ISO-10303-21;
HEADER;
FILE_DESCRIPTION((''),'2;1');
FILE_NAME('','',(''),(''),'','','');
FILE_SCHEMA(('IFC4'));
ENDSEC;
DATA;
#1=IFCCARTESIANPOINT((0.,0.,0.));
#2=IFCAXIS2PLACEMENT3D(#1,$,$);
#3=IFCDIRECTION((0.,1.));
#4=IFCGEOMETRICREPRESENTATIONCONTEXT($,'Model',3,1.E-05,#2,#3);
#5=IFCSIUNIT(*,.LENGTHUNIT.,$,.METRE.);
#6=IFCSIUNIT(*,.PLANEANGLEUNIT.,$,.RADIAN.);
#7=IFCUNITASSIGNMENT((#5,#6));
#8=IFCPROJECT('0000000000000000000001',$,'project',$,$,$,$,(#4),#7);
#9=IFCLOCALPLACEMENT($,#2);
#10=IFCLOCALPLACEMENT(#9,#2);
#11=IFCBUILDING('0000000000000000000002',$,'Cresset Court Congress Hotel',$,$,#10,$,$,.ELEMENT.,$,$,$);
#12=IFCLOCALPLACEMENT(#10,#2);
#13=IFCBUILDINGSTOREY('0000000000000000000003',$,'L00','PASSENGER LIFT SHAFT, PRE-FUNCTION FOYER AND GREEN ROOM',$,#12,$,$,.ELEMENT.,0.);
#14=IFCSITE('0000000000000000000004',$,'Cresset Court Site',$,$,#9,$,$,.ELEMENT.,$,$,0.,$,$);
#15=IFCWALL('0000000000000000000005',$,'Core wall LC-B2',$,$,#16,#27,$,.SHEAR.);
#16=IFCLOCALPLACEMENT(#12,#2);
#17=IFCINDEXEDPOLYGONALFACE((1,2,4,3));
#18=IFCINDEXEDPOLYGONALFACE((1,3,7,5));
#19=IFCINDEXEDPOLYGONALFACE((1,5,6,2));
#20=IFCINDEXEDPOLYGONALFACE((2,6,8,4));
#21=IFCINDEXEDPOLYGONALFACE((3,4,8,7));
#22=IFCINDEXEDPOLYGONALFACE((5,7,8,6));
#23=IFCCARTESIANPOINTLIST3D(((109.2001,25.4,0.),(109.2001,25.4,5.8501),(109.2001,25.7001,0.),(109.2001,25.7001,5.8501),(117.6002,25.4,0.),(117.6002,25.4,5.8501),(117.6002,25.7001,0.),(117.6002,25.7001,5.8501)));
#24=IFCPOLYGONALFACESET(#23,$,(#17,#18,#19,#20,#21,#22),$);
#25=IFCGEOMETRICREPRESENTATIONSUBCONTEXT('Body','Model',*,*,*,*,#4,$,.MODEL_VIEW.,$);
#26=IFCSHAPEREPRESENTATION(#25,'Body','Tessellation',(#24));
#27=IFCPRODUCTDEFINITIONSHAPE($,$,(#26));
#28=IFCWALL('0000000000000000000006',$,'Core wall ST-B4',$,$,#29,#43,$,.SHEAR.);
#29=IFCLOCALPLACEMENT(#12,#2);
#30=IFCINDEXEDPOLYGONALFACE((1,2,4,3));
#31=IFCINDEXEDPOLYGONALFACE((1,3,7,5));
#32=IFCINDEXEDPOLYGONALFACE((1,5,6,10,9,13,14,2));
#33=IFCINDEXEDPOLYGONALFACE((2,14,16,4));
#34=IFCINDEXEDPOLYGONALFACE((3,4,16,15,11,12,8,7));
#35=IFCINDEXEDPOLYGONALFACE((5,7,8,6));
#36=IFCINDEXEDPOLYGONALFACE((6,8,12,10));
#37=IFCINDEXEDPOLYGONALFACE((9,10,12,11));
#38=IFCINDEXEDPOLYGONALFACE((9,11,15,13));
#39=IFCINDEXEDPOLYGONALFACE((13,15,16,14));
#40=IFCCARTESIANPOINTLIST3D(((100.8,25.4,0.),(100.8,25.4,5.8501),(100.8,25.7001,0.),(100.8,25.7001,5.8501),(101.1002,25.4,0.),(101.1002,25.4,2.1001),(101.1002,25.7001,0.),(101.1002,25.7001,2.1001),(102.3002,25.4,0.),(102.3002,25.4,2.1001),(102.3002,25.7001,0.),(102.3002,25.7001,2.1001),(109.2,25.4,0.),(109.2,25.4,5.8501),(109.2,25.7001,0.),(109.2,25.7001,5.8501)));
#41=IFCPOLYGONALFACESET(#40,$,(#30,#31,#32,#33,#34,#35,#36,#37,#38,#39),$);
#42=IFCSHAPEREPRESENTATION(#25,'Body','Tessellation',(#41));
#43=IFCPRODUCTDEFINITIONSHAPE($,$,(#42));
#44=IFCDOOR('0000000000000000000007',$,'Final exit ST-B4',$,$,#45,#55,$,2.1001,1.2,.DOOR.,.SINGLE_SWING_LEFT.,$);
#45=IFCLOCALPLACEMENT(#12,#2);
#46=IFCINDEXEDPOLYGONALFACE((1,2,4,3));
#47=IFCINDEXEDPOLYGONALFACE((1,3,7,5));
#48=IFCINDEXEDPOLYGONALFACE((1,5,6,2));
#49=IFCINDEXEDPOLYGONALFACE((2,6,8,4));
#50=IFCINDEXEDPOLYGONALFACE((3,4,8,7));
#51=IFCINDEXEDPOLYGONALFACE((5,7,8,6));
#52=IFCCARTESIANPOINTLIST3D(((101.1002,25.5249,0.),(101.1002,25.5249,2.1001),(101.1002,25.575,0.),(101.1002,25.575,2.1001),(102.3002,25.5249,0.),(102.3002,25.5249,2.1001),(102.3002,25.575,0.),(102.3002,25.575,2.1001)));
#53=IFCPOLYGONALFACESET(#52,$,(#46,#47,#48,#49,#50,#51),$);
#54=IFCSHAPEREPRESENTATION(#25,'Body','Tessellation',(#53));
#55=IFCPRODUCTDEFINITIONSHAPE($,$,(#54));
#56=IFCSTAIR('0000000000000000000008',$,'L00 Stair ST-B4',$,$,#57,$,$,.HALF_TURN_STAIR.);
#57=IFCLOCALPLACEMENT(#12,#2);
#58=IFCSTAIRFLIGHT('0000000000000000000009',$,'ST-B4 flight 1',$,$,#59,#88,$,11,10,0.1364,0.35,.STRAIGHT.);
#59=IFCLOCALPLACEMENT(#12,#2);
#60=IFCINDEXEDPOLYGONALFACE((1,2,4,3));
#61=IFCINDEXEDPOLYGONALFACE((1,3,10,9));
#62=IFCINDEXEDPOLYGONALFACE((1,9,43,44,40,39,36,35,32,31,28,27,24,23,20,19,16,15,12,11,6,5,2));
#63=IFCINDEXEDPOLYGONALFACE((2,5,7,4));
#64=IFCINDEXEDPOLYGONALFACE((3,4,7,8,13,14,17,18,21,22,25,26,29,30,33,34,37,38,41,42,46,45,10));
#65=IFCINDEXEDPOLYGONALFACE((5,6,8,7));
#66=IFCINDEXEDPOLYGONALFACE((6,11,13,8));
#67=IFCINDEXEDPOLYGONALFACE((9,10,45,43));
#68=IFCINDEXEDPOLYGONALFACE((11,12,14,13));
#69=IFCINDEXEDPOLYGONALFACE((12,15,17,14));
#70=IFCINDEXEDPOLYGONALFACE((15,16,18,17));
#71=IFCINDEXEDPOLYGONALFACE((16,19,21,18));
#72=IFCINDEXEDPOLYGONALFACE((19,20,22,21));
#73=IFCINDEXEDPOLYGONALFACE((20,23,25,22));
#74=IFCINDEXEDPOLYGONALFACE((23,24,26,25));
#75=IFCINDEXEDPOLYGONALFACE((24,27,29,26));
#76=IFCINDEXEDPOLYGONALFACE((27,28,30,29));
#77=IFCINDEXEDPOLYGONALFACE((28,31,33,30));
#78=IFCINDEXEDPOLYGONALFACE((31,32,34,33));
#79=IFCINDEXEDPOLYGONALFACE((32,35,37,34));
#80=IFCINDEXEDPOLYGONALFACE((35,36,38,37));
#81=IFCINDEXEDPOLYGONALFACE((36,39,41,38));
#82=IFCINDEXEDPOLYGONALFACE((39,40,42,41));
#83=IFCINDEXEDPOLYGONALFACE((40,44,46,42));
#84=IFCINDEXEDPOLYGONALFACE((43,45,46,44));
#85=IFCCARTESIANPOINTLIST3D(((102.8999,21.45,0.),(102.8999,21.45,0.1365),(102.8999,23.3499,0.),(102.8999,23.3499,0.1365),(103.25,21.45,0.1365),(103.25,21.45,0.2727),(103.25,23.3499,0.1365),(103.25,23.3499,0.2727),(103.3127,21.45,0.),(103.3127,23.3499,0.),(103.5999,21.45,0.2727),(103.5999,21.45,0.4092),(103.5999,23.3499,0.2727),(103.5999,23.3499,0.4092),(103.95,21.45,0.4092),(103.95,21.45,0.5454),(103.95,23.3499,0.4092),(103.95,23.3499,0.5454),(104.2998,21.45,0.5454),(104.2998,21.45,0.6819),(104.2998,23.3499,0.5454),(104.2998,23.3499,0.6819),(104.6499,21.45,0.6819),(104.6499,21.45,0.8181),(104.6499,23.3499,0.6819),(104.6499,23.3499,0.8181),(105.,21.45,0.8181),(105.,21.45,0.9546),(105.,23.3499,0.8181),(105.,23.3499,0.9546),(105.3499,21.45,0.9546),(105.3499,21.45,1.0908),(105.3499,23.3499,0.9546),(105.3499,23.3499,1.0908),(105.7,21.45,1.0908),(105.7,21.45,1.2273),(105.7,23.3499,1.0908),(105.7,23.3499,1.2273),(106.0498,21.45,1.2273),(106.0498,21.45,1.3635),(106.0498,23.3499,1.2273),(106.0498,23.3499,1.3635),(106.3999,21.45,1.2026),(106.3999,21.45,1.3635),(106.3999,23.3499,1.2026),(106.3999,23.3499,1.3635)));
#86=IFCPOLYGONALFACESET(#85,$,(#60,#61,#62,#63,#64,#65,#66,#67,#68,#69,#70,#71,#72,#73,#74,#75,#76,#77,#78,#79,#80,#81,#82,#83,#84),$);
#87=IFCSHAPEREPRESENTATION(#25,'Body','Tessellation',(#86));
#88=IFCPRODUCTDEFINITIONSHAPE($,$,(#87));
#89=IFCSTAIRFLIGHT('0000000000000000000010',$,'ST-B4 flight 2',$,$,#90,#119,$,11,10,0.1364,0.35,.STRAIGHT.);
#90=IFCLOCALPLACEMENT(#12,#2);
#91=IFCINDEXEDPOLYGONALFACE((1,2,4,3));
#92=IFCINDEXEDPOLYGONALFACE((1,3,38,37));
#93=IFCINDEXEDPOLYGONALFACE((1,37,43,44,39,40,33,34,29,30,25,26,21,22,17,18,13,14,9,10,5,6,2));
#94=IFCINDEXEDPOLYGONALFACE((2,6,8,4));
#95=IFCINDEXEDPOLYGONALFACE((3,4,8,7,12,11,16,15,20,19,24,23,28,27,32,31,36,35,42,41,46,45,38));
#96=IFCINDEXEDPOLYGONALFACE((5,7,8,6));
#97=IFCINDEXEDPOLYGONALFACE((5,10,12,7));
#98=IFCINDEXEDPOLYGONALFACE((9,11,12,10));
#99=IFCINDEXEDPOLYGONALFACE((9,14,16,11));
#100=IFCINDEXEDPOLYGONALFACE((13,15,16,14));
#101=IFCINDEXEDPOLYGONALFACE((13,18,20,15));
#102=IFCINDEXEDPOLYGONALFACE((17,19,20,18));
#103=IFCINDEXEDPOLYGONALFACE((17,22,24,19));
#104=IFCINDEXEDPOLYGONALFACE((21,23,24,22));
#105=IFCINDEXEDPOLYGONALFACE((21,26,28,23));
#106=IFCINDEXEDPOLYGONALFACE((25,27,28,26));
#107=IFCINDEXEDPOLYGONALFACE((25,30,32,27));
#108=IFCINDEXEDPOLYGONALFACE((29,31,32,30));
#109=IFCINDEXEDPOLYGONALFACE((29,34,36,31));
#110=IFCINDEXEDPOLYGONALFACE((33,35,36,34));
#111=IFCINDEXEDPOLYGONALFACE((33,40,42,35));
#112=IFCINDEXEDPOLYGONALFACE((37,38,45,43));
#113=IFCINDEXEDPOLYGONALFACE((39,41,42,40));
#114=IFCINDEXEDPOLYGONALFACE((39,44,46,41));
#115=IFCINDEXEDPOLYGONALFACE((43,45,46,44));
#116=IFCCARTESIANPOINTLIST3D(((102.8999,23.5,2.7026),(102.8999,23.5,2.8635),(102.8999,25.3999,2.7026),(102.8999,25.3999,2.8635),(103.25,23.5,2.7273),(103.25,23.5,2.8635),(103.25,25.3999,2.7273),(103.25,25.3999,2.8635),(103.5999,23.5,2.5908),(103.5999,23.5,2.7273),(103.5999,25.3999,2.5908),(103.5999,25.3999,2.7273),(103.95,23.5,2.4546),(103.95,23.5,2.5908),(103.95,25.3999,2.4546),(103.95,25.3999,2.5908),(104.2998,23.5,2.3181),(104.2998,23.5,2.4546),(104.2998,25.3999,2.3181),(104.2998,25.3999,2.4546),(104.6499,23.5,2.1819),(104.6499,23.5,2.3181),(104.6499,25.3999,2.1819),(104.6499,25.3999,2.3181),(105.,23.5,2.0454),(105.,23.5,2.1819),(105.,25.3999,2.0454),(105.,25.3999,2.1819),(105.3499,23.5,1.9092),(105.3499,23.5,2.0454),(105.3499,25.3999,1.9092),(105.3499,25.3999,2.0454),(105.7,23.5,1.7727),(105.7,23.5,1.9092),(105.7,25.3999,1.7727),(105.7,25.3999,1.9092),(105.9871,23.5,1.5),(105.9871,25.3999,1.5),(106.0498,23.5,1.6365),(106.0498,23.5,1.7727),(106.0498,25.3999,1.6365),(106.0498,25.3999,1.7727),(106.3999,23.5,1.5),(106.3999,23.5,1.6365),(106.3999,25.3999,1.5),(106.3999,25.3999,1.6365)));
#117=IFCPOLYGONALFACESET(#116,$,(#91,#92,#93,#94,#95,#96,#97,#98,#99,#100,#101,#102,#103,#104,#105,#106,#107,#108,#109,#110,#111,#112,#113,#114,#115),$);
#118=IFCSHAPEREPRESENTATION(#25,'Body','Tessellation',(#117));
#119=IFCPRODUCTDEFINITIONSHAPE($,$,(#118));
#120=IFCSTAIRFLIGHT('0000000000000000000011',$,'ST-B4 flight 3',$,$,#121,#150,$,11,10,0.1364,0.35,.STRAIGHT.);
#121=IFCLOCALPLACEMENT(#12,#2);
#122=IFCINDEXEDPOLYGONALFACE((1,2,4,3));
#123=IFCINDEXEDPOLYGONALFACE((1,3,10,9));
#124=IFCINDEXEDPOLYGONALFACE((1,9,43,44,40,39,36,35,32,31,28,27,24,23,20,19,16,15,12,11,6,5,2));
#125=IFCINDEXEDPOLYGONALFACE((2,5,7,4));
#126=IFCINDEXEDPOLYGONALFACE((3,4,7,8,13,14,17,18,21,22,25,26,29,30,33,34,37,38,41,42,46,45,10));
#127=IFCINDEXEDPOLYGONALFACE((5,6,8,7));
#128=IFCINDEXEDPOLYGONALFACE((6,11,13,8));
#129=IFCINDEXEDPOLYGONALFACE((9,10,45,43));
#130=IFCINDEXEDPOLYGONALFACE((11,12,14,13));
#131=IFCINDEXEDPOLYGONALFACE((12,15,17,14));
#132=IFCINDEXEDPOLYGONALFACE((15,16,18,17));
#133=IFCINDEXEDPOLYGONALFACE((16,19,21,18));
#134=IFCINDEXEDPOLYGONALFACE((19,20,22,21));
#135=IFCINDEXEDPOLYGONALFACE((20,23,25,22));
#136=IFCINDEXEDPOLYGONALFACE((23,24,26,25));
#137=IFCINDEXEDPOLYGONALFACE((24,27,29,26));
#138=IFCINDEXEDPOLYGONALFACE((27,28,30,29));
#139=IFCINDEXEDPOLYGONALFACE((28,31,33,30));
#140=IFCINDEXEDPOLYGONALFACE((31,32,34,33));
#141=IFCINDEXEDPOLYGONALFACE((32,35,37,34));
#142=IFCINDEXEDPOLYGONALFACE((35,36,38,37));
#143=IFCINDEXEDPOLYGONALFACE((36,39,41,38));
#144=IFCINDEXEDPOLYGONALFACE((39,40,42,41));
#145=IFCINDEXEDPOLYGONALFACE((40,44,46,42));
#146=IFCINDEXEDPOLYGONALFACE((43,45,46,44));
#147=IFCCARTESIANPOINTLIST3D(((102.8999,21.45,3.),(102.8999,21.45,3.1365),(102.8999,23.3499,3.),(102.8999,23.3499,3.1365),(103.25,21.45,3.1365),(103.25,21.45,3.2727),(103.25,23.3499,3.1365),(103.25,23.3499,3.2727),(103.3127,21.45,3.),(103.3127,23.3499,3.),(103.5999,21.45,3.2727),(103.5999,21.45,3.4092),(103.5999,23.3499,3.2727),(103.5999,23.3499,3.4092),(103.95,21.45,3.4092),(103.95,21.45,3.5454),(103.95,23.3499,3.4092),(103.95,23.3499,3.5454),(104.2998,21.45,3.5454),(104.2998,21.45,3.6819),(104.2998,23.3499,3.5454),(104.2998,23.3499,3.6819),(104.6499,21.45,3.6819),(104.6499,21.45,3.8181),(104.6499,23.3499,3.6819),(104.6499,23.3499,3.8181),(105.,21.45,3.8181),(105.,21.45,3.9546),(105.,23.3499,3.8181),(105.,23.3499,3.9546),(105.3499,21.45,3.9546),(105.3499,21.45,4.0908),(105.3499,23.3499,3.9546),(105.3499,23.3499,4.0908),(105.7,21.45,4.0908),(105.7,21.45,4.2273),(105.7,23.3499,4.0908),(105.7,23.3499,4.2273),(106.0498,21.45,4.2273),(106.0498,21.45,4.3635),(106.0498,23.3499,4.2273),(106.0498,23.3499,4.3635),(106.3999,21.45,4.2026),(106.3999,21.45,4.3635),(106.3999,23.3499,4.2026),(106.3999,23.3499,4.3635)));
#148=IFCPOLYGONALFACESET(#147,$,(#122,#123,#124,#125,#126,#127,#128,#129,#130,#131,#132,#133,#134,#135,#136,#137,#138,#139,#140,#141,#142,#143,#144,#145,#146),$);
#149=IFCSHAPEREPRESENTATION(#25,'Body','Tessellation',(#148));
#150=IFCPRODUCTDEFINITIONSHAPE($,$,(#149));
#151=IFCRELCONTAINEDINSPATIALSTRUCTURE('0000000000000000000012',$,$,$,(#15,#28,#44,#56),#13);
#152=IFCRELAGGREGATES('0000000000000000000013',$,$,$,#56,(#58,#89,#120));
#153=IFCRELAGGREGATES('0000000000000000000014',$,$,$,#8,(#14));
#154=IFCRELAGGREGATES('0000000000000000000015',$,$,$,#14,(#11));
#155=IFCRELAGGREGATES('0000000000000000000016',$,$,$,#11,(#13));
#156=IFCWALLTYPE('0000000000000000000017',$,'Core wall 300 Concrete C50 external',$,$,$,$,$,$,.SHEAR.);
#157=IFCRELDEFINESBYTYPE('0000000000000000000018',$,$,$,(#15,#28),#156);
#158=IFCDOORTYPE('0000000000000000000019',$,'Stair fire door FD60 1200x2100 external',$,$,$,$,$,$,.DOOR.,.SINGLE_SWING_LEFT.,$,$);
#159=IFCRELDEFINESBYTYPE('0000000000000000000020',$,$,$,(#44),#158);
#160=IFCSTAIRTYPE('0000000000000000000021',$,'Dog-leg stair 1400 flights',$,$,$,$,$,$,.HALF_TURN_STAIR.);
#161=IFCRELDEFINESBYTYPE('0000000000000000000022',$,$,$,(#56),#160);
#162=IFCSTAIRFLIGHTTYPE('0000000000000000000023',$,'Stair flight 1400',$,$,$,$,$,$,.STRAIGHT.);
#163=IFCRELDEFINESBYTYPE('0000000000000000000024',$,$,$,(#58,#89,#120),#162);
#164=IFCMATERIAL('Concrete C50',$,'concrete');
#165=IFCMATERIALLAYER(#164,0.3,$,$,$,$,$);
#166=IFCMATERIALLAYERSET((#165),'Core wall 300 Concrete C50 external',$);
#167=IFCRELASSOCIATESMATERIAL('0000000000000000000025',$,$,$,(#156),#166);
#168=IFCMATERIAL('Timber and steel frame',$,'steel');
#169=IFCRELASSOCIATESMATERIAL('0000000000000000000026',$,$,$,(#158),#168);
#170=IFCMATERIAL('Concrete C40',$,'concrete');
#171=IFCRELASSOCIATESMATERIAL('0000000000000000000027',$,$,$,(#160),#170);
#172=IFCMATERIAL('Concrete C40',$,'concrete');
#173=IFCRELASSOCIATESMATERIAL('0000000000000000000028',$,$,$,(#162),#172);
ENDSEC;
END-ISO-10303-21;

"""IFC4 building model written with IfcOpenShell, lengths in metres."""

from ifc_helpers import new_model, si_unit, direction, frame, frame_2d, origin, place, context, subcontext, project, spatial, polyline, rectangle, outline, extrude, material, layer, layer_set, type_object, element, fill, aggregate, save


model = new_model("IFC4")

# Units and contexts
model_context = context("Model", 3, precision=1e-05, world=origin(), true_north=direction((0.0, 1.0)))
body_context = subcontext(model_context, "Body", "Model", "MODEL_VIEW")
ifc_project = project(units=[si_unit("LENGTHUNIT", "METRE"), si_unit("PLANEANGLEUNIT", "RADIAN")], contexts=[model_context])

# Site, building, storey
site_placement = place(None, origin())
site = spatial("IfcSite", under=ifc_project, at=site_placement, Name="Cresset Court Site", CompositionType="ELEMENT", RefElevation=0.0)
building_placement = place(site_placement, origin())
building = spatial("IfcBuilding", under=site, at=building_placement, Name="Cresset Court Congress Hotel", CompositionType="ELEMENT")
storey_placement = place(building_placement, origin())
storey = spatial("IfcBuildingStorey", under=building, at=storey_placement, Name="L00", Description="PASSENGER LIFT SHAFT, PRE-FUNCTION FOYER AND GREEN ROOM", CompositionType="ELEMENT", Elevation=0.0)

# Wall
ifc_material_1 = material(Name="Concrete C50", Category="concrete")
ifc_layer_1 = layer(ifc_material_1, 0.3)
ifc_layer_set_1 = layer_set([ifc_layer_1], Name="Core wall 300 Concrete C50 external")
wall_type_1 = type_object("IfcWallType", Name="Core wall 300 Concrete C50 external", PredefinedType="SHEAR", material=ifc_layer_set_1)
wall_1_placement = place(storey_placement, frame((109.2, 25.55, 0.0), z_axis=(0.0, 0.0, 1.0), x_axis=(1.0, 0.0, 0.0)))
element("IfcWall", 1, at=wall_1_placement, inside=storey, type_object=wall_type_1, Name="Core wall LC-B2", PredefinedType="SHEAR", context=body_context, shape_type="SweptSolid", body=[
    extrude(rectangle(XDim=8.4001, YDim=0.3, at=frame_2d((4.2002, 0.0))), origin(), (0.0, 0.0, 1.0), 5.8501),
])

# Wall, opening, door
wall_2_placement = place(storey_placement, frame((100.8, 25.55, 0.0), z_axis=(0.0, 0.0, 1.0), x_axis=(1.0, 0.0, 0.0)))
wall_2 = element("IfcWall", 2, at=wall_2_placement, inside=storey, type_object=wall_type_1, Name="Core wall ST-B4", PredefinedType="SHEAR", context=body_context, shape_type="SweptSolid", body=[
    extrude(rectangle(XDim=8.3999, YDim=0.3, at=frame_2d((4.2, 0.0))), origin(), (0.0, 0.0, 1.0), 5.8501),
])
opening_1_placement = place(wall_2_placement, frame((0.3, 0.0, 0.0)))
opening_1 = element("IfcOpeningElement", 3, at=opening_1_placement, cuts=wall_2, PredefinedType="OPENING", context=body_context, shape_type="SweptSolid", body=[
    extrude(rectangle(XDim=1.2, YDim=2.1001, at=frame_2d((0.6001, 1.05))), frame((0.0, 0.1599, 0.0), z_axis=(0.0, -1.0, 0.0), x_axis=(1.0, 0.0, 0.0)), (0.0, 0.0, 1.0), 0.3201),
])
ifc_material_2 = material(Name="Timber and steel frame", Category="steel")
door_type_1 = type_object("IfcDoorType", Name="Stair fire door FD60 1200x2100 external", OperationType="SINGLE_SWING_LEFT", PredefinedType="DOOR", material=ifc_material_2)
door_1_placement = place(opening_1_placement, origin())
door_1 = element("IfcDoor", 4, at=door_1_placement, inside=storey, type_object=door_type_1, Name="Final exit ST-B4", OperationType="SINGLE_SWING_LEFT", OverallHeight=2.1001, OverallWidth=1.2, PredefinedType="DOOR", context=body_context, shape_type="SweptSolid", body=[
    extrude(rectangle(XDim=1.2, YDim=2.1001, at=frame_2d((0.6001, 1.05))), frame((0.0, 0.0249, 0.0), z_axis=(0.0, -1.0, 0.0), x_axis=(1.0, 0.0, 0.0)), (0.0, 0.0, 1.0), 0.05),
])
fill(opening_1, door_1)

# Stair, stair flights
ifc_material_3 = material(Name="Concrete C40", Category="concrete")
stair_type = type_object("IfcStairType", Name="Dog-leg stair 1400 flights", PredefinedType="HALF_TURN_STAIR", material=ifc_material_3)
stair_placement = place(storey_placement, origin())
stair = element("IfcStair", 5, at=stair_placement, inside=storey, type_object=stair_type, Name="L00 Stair ST-B4", PredefinedType="HALF_TURN_STAIR")
ifc_material_4 = material(Name="Concrete C40", Category="concrete")
stair_flight_type = type_object("IfcStairFlightType", Name="Stair flight 1400", PredefinedType="STRAIGHT", material=ifc_material_4)
stair_flight_1_placement = place(storey_placement, frame((102.8999, 22.3999, 0.0), z_axis=(0.0, 0.0, 1.0), x_axis=(1.0, 0.0, 0.0)))
stair_flight_1 = element("IfcStairFlight", 6, at=stair_flight_1_placement, type_object=stair_flight_type, Name="ST-B4 flight 1", NumberOfRisers=11, NumberOfTreads=10, PredefinedType="STRAIGHT", RiserHeight=0.1364, TreadLength=0.35, context=body_context, shape_type="SweptSolid", body=[
    extrude(outline(polyline([(0.0, 0.0), (0.0, 0.1365), (0.3501, 0.1365), (0.3501, 0.2727), (0.7, 0.2727), (0.7, 0.4092), (1.05, 0.4092), (1.05, 0.5454), (1.3999, 0.5454), (1.3999, 0.6819), (1.75, 0.6819), (1.75, 0.8181), (2.1001, 0.8181), (2.1001, 0.9546), (2.45, 0.9546), (2.45, 1.0908), (2.8, 1.0908), (2.8, 1.2273), (3.1499, 1.2273), (3.1499, 1.3635), (3.5, 1.3635), (3.5, 1.5), (3.5, 1.2026), (0.4128, 0.0), (0.0, 0.0)])), frame((0.0, 0.95, 0.0), z_axis=(0.0, -1.0, 0.0), x_axis=(1.0, 0.0, 0.0)), (0.0, 0.0, 1.0), 1.8999),
])
stair_flight_2_placement = place(storey_placement, frame((106.3999, 24.45, 1.5), z_axis=(0.0, 0.0, 1.0), x_axis=(-1.0, 0.0, 0.0)))
stair_flight_2 = element("IfcStairFlight", 7, at=stair_flight_2_placement, type_object=stair_flight_type, Name="ST-B4 flight 2", NumberOfRisers=11, NumberOfTreads=10, PredefinedType="STRAIGHT", RiserHeight=0.1364, TreadLength=0.35, context=body_context, shape_type="SweptSolid", body=[
    extrude(outline(polyline([(0.0, 0.0), (0.0, 0.1365), (0.3501, 0.1365), (0.3501, 0.2727), (0.7, 0.2727), (0.7, 0.4092), (1.05, 0.4092), (1.05, 0.5454), (1.3999, 0.5454), (1.3999, 0.6819), (1.75, 0.6819), (1.75, 0.8181), (2.1001, 0.8181), (2.1001, 0.9546), (2.45, 0.9546), (2.45, 1.0908), (2.8, 1.0908), (2.8, 1.2273), (3.1499, 1.2273), (3.1499, 1.3635), (3.5, 1.3635), (3.5, 1.5), (3.5, 1.2026), (0.4128, 0.0), (0.0, 0.0)])), frame((0.0, 0.95, 0.0), z_axis=(0.0, -1.0, 0.0), x_axis=(1.0, 0.0, 0.0)), (0.0, 0.0, 1.0), 1.8999),
])
stair_flight_3_placement = place(storey_placement, frame((102.8999, 22.3999, 3.0), z_axis=(0.0, 0.0, 1.0), x_axis=(1.0, 0.0, 0.0)))
stair_flight_3 = element("IfcStairFlight", 8, at=stair_flight_3_placement, type_object=stair_flight_type, Name="ST-B4 flight 3", NumberOfRisers=11, NumberOfTreads=10, PredefinedType="STRAIGHT", RiserHeight=0.1364, TreadLength=0.35, context=body_context, shape_type="SweptSolid", body=[
    extrude(outline(polyline([(0.0, 0.0), (0.0, 0.1365), (0.3501, 0.1365), (0.3501, 0.2727), (0.7, 0.2727), (0.7, 0.4092), (1.05, 0.4092), (1.05, 0.5454), (1.3999, 0.5454), (1.3999, 0.6819), (1.75, 0.6819), (1.75, 0.8181), (2.1001, 0.8181), (2.1001, 0.9546), (2.45, 0.9546), (2.45, 1.0908), (2.8, 1.0908), (2.8, 1.2273), (3.1499, 1.2273), (3.1499, 1.3635), (3.5, 1.3635), (3.5, 1.5), (3.5, 1.2026), (0.4128, 0.0), (0.0, 0.0)])), frame((0.0, 0.95, 0.0), z_axis=(0.0, -1.0, 0.0), x_axis=(1.0, 0.0, 0.0)), (0.0, 0.0, 1.0), 1.8999),
])
aggregate(stair, [stair_flight_1, stair_flight_2, stair_flight_3])

save(model, "model.ifc")
